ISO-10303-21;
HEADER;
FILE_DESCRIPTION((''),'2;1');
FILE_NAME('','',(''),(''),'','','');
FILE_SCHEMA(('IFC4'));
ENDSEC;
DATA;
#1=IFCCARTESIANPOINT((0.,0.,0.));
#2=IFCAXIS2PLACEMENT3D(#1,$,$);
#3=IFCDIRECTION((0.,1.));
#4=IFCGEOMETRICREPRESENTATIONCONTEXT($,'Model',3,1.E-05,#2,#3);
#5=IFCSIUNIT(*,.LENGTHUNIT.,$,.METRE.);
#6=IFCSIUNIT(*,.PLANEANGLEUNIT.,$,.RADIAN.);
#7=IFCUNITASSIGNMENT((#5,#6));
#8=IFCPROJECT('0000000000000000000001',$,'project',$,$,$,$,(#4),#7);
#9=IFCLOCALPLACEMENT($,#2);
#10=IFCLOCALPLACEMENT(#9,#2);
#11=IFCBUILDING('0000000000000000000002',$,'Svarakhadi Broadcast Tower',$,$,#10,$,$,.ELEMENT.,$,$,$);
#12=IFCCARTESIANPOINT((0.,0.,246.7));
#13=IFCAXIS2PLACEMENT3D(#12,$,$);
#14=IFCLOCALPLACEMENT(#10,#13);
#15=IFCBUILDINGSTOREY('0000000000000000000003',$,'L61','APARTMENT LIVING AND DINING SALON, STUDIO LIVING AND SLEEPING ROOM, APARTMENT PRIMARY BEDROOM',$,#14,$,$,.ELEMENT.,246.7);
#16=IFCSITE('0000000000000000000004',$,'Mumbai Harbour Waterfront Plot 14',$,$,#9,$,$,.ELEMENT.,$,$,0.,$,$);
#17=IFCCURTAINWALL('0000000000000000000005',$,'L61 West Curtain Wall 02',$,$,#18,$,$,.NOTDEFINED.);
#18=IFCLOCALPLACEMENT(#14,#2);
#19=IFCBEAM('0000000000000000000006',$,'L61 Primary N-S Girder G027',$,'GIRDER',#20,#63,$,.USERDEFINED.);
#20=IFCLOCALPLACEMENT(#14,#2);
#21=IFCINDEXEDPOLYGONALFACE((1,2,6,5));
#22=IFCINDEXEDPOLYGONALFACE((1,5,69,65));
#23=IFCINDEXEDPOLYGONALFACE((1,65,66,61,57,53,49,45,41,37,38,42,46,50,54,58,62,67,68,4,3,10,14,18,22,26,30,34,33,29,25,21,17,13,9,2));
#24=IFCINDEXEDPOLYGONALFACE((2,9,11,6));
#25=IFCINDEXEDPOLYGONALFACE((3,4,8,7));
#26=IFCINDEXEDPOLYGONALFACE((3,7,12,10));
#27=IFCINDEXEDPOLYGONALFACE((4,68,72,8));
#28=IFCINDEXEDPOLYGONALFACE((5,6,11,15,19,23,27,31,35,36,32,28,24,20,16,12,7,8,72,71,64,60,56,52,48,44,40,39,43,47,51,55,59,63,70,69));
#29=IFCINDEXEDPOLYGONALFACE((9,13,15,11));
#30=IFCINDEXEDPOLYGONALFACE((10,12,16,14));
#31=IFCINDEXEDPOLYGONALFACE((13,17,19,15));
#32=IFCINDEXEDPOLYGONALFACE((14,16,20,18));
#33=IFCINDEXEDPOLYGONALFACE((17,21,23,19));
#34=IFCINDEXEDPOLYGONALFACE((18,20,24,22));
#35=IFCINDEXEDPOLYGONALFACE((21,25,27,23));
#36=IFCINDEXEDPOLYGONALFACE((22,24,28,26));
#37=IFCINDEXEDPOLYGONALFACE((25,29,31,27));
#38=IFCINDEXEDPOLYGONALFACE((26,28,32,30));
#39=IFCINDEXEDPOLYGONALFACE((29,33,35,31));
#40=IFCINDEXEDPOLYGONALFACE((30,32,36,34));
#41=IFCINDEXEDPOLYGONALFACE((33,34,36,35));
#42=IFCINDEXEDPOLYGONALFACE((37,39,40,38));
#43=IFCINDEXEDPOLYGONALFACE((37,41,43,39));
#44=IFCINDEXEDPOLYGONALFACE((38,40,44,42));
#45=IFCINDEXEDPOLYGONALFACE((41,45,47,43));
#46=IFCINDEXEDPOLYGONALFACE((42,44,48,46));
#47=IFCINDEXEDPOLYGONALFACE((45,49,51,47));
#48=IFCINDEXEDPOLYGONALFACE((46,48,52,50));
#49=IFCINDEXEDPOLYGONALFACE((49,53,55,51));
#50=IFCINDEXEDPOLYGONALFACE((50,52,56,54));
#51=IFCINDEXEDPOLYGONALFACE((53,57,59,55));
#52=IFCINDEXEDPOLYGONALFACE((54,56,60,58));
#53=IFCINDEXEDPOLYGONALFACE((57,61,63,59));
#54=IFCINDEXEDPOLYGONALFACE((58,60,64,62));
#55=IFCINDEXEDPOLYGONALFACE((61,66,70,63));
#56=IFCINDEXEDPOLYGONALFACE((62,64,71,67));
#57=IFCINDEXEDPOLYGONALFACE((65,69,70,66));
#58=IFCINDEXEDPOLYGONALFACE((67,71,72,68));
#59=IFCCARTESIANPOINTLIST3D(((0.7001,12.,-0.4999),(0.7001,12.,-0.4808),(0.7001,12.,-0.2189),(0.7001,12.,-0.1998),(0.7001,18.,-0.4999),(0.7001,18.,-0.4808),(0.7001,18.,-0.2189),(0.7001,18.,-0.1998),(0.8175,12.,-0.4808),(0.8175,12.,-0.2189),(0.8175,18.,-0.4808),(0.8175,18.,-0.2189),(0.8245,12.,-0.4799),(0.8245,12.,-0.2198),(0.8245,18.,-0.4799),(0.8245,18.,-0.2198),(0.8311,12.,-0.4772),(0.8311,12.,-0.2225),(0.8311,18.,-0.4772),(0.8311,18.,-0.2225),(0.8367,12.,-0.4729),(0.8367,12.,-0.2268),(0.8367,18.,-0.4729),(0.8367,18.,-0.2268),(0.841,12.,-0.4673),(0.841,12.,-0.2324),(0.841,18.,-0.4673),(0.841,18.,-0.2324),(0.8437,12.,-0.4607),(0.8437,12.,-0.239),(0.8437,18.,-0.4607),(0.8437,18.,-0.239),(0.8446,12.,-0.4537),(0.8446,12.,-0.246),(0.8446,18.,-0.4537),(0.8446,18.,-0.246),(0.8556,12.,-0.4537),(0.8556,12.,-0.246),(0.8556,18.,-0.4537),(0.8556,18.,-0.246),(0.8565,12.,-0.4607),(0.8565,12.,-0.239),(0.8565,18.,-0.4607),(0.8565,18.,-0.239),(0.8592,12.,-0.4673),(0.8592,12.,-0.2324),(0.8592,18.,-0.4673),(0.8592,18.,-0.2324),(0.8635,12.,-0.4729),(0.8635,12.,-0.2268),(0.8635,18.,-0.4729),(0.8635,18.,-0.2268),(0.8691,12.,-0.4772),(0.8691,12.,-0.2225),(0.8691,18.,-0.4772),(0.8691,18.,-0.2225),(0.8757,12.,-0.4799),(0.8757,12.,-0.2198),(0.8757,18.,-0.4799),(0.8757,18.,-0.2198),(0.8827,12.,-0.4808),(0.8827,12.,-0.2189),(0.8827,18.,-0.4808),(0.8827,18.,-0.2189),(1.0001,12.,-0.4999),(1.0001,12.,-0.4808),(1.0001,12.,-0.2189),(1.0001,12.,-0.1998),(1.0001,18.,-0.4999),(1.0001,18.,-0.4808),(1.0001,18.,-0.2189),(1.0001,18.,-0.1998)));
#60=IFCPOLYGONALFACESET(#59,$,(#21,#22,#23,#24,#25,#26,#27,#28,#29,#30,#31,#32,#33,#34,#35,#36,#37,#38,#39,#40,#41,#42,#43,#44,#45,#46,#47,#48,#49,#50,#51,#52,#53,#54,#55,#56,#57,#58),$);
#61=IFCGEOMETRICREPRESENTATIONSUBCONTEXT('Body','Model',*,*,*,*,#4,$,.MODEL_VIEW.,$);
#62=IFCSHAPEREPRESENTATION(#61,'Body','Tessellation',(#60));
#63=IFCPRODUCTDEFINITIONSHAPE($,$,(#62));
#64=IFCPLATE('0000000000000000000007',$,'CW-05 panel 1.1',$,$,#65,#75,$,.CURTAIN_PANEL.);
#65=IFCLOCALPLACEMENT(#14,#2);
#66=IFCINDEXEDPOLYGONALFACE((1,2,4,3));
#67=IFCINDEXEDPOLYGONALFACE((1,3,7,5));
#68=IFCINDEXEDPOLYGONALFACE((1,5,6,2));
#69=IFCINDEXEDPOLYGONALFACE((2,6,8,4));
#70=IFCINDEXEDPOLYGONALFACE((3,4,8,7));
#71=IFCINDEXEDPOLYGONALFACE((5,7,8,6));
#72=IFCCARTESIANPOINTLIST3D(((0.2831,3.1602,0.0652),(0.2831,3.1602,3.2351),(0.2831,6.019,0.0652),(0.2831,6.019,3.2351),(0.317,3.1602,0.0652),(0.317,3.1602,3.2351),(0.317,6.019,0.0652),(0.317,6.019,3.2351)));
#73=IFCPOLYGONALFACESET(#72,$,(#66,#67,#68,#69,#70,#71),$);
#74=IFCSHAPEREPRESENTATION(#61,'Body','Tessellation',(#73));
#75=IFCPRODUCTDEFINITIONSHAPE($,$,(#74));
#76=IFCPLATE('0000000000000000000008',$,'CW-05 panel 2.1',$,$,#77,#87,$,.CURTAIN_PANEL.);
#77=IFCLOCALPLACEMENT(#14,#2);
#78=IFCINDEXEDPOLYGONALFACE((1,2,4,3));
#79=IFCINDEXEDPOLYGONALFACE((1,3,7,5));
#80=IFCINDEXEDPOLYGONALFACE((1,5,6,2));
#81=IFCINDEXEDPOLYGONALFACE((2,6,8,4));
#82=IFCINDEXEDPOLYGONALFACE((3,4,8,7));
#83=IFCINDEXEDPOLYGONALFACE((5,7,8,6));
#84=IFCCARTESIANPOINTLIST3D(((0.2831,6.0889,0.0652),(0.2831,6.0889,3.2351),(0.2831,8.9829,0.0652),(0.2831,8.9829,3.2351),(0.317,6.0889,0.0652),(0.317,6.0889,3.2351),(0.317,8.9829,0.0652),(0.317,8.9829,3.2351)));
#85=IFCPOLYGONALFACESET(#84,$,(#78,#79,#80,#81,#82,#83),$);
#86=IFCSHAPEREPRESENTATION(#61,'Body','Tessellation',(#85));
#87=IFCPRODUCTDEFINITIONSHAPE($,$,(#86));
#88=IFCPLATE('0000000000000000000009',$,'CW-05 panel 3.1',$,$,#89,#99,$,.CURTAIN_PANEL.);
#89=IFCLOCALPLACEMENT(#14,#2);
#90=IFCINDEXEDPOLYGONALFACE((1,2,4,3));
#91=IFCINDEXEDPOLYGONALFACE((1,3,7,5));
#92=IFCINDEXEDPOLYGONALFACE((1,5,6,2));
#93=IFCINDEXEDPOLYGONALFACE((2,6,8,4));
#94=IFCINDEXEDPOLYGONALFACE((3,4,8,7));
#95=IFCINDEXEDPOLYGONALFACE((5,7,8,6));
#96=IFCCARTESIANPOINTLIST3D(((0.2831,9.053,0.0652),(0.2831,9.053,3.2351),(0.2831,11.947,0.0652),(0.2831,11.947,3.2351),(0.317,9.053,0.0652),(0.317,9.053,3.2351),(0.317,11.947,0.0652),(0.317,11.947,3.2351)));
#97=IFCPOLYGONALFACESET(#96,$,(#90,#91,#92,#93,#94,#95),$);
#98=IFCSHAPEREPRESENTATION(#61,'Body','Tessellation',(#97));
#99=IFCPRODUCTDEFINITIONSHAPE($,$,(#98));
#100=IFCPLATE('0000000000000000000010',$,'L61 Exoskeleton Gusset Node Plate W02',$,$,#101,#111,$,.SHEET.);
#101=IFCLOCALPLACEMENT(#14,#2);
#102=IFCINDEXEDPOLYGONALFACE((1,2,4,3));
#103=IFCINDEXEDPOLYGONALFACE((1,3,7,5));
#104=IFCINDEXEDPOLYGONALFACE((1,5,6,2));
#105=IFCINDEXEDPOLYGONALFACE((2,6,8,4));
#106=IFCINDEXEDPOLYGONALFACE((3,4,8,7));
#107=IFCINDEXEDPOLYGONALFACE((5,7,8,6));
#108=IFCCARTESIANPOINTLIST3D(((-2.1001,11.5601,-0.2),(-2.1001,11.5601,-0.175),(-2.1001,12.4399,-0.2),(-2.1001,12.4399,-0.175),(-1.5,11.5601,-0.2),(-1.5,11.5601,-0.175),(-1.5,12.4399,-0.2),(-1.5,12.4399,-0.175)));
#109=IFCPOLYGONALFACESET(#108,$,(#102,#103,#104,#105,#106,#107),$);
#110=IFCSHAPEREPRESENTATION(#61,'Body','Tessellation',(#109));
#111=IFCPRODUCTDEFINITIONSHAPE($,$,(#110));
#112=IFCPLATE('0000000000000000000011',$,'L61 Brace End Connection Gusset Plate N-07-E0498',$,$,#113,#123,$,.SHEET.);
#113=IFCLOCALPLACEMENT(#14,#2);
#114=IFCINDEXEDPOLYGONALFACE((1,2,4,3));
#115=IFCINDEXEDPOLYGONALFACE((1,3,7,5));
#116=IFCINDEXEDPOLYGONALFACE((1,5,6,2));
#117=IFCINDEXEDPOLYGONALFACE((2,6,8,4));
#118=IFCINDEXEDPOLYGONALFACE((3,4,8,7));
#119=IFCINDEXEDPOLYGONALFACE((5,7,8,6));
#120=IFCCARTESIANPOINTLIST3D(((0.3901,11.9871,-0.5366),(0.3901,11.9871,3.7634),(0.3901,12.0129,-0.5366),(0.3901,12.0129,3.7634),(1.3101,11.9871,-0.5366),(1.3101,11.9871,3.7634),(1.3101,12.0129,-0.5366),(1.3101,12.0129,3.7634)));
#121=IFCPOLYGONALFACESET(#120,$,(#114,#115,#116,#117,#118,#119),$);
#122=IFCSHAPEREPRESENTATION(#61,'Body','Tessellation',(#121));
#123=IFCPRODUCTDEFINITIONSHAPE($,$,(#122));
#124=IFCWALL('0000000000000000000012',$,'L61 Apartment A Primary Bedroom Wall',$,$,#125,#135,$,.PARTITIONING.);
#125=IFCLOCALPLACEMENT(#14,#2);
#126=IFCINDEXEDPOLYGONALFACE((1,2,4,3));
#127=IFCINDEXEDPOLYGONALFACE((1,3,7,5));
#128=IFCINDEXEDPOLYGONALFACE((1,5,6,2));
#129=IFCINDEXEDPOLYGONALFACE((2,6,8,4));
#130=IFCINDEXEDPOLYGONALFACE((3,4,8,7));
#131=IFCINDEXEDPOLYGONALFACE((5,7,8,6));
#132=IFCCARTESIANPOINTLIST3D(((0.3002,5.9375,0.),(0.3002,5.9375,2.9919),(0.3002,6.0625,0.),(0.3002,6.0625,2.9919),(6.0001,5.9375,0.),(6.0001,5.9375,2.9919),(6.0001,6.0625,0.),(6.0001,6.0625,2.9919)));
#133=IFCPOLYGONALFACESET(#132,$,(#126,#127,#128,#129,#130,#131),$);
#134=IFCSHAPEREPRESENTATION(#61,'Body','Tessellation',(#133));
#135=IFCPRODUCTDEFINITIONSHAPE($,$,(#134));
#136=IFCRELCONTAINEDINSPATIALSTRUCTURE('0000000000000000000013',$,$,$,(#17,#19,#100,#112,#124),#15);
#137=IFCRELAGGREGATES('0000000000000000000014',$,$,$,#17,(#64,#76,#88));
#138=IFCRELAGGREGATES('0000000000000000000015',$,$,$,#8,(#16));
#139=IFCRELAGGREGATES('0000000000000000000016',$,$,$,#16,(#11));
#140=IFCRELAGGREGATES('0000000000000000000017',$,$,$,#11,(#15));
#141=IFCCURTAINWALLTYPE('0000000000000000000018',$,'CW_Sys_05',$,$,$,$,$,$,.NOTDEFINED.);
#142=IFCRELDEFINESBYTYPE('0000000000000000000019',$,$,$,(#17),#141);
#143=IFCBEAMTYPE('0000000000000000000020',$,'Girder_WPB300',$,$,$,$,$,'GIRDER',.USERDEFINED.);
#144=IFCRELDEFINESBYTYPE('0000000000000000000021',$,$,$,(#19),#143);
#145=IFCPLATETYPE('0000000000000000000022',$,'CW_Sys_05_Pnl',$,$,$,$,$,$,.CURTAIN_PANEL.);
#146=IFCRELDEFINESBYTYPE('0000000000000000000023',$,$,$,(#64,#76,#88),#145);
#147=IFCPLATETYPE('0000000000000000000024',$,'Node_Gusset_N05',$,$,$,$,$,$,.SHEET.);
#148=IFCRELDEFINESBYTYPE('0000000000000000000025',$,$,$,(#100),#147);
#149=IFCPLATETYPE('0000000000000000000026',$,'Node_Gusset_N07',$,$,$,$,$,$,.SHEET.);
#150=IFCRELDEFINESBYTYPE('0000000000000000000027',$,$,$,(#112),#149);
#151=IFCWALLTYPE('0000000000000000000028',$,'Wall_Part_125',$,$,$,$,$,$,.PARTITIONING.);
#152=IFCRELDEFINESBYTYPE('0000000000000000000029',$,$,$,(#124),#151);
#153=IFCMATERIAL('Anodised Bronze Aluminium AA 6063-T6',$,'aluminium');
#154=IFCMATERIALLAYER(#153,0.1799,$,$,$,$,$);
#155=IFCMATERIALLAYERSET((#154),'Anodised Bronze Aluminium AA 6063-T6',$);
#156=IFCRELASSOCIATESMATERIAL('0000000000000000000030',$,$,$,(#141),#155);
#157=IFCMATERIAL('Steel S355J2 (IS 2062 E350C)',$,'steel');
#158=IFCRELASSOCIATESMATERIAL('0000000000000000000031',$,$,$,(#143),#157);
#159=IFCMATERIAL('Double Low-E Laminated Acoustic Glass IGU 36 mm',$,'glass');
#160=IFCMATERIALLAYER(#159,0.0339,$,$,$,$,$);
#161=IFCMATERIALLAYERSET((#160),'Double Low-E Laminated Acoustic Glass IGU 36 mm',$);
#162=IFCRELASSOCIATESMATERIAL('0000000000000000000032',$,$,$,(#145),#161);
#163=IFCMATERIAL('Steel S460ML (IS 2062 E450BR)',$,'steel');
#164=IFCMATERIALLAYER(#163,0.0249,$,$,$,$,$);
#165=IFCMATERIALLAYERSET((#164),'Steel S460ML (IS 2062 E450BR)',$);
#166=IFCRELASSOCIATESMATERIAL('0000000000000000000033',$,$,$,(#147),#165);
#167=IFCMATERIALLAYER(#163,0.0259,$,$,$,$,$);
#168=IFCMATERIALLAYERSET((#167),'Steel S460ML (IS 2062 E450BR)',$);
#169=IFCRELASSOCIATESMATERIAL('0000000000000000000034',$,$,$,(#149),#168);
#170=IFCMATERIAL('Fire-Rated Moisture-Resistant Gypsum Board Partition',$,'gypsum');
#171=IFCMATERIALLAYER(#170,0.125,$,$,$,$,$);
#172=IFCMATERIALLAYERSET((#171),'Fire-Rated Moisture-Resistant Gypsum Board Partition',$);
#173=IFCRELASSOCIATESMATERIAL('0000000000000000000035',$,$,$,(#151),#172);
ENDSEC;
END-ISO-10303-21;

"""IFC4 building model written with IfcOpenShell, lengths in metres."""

from ifc_helpers import new_model, si_unit, direction, frame, frame_2d, origin, origin_2d, place, context, subcontext, project, spatial, rectangle, i_section, extrude, material, layer, layer_set, material_profile, profile_set, type_object, element, aggregate, save


model = new_model("IFC4")

# Units and contexts
model_context = context("Model", 3, precision=1e-05, world=origin(), true_north=direction((0.0, 1.0)))
body_context = subcontext(model_context, "Body", "Model", "MODEL_VIEW")
ifc_project = project(units=[si_unit("LENGTHUNIT", "METRE"), si_unit("PLANEANGLEUNIT", "RADIAN")], contexts=[model_context])

# Site, building, storey
site_placement = place(None, origin())
site = spatial("IfcSite", under=ifc_project, at=site_placement, Name="Mumbai Harbour Waterfront Plot 14", CompositionType="ELEMENT", RefElevation=0.0)
building_placement = place(site_placement, origin())
building = spatial("IfcBuilding", under=site, at=building_placement, Name="Svarakhadi Broadcast Tower", CompositionType="ELEMENT")
storey_placement = place(building_placement, frame((0.0, 0.0, 246.7)))
storey = spatial("IfcBuildingStorey", under=building, at=storey_placement, Name="L61", Description="APARTMENT LIVING AND DINING SALON, STUDIO LIVING AND SLEEPING ROOM, APARTMENT PRIMARY BEDROOM", CompositionType="ELEMENT", Elevation=246.7)

# Shared definitions
ifc_material_1 = material(Name="Steel S460ML (IS 2062 E450BR)", Category="steel")

# Shared definitions
ifc_material_2 = material(Name="Steel S355J2 (IS 2062 E350C)", Category="steel")

# Curtain wall
ifc_material_3 = material(Name="Anodised Bronze Aluminium AA 6063-T6", Category="aluminium")
ifc_layer_1 = layer(ifc_material_3, 0.1799)
ifc_layer_set_1 = layer_set([ifc_layer_1], Name="Anodised Bronze Aluminium AA 6063-T6")
curtain_wall_type = type_object("IfcCurtainWallType", Name="CW_Sys_05", PredefinedType="NOTDEFINED", material=ifc_layer_set_1)
curtain_wall_placement = place(storey_placement, origin())
curtain_wall = element("IfcCurtainWall", 1, at=curtain_wall_placement, inside=storey, type_object=curtain_wall_type, Name="L61 West Curtain Wall 02", PredefinedType="NOTDEFINED")

# Beam
ifc_material_profile_1 = material_profile(ifc_material_2, i_section(OverallWidth=0.3, OverallDepth=0.3, WebThickness=0.011, FlangeThickness=0.019, FilletRadius=0.0271, at=origin_2d()), Name="WPB 300x300x117")
ifc_profile_set_1 = profile_set([ifc_material_profile_1], Name="Steel S355J2 (IS 2062 E350C)")
beam_type_1 = type_object("IfcBeamType", Name="Girder_WPB300", ElementType="GIRDER", PredefinedType="USERDEFINED", material=ifc_profile_set_1)
for number, where, z_axis, x_axis, name in (
    (2, (0.8501, 12.0, -0.3499), (0.0, 1.0, 0.0), (-1.0, 0.0, 0.0), "L61 Primary N-S Girder G027"),
):
    element("IfcBeam", number, at=place(storey_placement, frame(where, z_axis=z_axis, x_axis=x_axis)), inside=storey, type_object=beam_type_1, Name=name, ObjectType="GIRDER", PredefinedType="USERDEFINED", context=body_context, shape_type="SweptSolid", body=[
        extrude(i_section(OverallWidth=0.3, OverallDepth=0.3, WebThickness=0.011, FlangeThickness=0.019, FilletRadius=0.0271, at=origin_2d()), origin(), (0.0, 0.0, 1.0), 6.0),
    ])

# Plates
ifc_material_4 = material(Name="Double Low-E Laminated Acoustic Glass IGU 36 mm", Category="glass")
ifc_layer_2 = layer(ifc_material_4, 0.0339)
ifc_layer_set_2 = layer_set([ifc_layer_2], Name="Double Low-E Laminated Acoustic Glass IGU 36 mm")
plate_type_1 = type_object("IfcPlateType", Name="CW_Sys_05_Pnl", PredefinedType="CURTAIN_PANEL", material=ifc_layer_set_2)
plate_1_placement = place(storey_placement, frame((0.3, 4.5896, 0.0652), z_axis=(0.0, 0.0, 1.0), x_axis=(0.0, 1.0, 0.0)))
plate_1 = element("IfcPlate", 3, at=plate_1_placement, type_object=plate_type_1, Name="CW-05 panel 1.1", PredefinedType="CURTAIN_PANEL", context=body_context, shape_type="SweptSolid", body=[
    extrude(rectangle(XDim=2.8589, YDim=0.0339, at=origin_2d()), origin(), (0.0, 0.0, 1.0), 3.1699),
])
plate_2_placement = place(storey_placement, frame((0.3, 7.5359, 0.0652), z_axis=(0.0, 0.0, 1.0), x_axis=(0.0, 1.0, 0.0)))
plate_2 = element("IfcPlate", 4, at=plate_2_placement, type_object=plate_type_1, Name="CW-05 panel 2.1", PredefinedType="CURTAIN_PANEL", context=body_context, shape_type="SweptSolid", body=[
    extrude(rectangle(XDim=2.894, YDim=0.0339, at=origin_2d()), origin(), (0.0, 0.0, 1.0), 3.1699),
])
plate_3_placement = place(storey_placement, frame((0.3, 10.5, 0.0652), z_axis=(0.0, 0.0, 1.0), x_axis=(0.0, 1.0, 0.0)))
plate_3 = element("IfcPlate", 5, at=plate_3_placement, type_object=plate_type_1, Name="CW-05 panel 3.1", PredefinedType="CURTAIN_PANEL", context=body_context, shape_type="SweptSolid", body=[
    extrude(rectangle(XDim=2.894, YDim=0.0339, at=origin_2d()), origin(), (0.0, 0.0, 1.0), 3.1699),
])
aggregate(curtain_wall, [plate_1, plate_2, plate_3])

# Plates
ifc_layer_3 = layer(ifc_material_1, 0.0249)
ifc_layer_set_3 = layer_set([ifc_layer_3], Name="Steel S460ML (IS 2062 E450BR)")
plate_type_2 = type_object("IfcPlateType", Name="Node_Gusset_N05", PredefinedType="SHEET", material=ifc_layer_set_3)
plate_4_placement = place(storey_placement, frame((-1.8, 12.0, -0.2), z_axis=(0.0, 0.0, 1.0), x_axis=(0.0, 1.0, 0.0)))
element("IfcPlate", 6, at=plate_4_placement, inside=storey, type_object=plate_type_2, Name="L61 Exoskeleton Gusset Node Plate W02", PredefinedType="SHEET", context=body_context, shape_type="SweptSolid", body=[
    extrude(rectangle(XDim=0.8799, YDim=0.6001, at=origin_2d()), origin(), (0.0, 0.0, 1.0), 0.0249),
])
ifc_layer_4 = layer(ifc_material_1, 0.0259)
ifc_layer_set_4 = layer_set([ifc_layer_4], Name="Steel S460ML (IS 2062 E450BR)")
plate_type_3 = type_object("IfcPlateType", Name="Node_Gusset_N07", PredefinedType="SHEET", material=ifc_layer_set_4)
plate_5_placement = place(storey_placement, frame((0.8501, 12.0, -0.5366), z_axis=(0.0, 0.0, 1.0), x_axis=(1.0, 0.0, 0.0)))
element("IfcPlate", 7, at=plate_5_placement, inside=storey, type_object=plate_type_3, Name="L61 Brace End Connection Gusset Plate N-07-E0498", PredefinedType="SHEET", context=body_context, shape_type="SweptSolid", body=[
    extrude(rectangle(XDim=0.9199, YDim=0.0259, at=origin_2d()), origin(), (0.0, 0.0, 1.0), 4.3),
])

# Wall
ifc_material_5 = material(Name="Fire-Rated Moisture-Resistant Gypsum Board Partition", Category="gypsum")
ifc_layer_5 = layer(ifc_material_5, 0.125)
ifc_layer_set_5 = layer_set([ifc_layer_5], Name="Fire-Rated Moisture-Resistant Gypsum Board Partition")
wall_type = type_object("IfcWallType", Name="Wall_Part_125", PredefinedType="PARTITIONING", material=ifc_layer_set_5)
wall_placement = place(storey_placement, frame((0.3, 6.0, 0.0), z_axis=(0.0, 0.0, 1.0), x_axis=(1.0, 0.0, 0.0)))
element("IfcWall", 8, at=wall_placement, inside=storey, type_object=wall_type, Name="L61 Apartment A Primary Bedroom Wall", PredefinedType="PARTITIONING", context=body_context, shape_type="SweptSolid", body=[
    extrude(rectangle(XDim=5.7, YDim=0.125, at=frame_2d((2.8501, 0.0))), origin(), (0.0, 0.0, 1.0), 2.9919),
])

save(model, "model.ifc")
